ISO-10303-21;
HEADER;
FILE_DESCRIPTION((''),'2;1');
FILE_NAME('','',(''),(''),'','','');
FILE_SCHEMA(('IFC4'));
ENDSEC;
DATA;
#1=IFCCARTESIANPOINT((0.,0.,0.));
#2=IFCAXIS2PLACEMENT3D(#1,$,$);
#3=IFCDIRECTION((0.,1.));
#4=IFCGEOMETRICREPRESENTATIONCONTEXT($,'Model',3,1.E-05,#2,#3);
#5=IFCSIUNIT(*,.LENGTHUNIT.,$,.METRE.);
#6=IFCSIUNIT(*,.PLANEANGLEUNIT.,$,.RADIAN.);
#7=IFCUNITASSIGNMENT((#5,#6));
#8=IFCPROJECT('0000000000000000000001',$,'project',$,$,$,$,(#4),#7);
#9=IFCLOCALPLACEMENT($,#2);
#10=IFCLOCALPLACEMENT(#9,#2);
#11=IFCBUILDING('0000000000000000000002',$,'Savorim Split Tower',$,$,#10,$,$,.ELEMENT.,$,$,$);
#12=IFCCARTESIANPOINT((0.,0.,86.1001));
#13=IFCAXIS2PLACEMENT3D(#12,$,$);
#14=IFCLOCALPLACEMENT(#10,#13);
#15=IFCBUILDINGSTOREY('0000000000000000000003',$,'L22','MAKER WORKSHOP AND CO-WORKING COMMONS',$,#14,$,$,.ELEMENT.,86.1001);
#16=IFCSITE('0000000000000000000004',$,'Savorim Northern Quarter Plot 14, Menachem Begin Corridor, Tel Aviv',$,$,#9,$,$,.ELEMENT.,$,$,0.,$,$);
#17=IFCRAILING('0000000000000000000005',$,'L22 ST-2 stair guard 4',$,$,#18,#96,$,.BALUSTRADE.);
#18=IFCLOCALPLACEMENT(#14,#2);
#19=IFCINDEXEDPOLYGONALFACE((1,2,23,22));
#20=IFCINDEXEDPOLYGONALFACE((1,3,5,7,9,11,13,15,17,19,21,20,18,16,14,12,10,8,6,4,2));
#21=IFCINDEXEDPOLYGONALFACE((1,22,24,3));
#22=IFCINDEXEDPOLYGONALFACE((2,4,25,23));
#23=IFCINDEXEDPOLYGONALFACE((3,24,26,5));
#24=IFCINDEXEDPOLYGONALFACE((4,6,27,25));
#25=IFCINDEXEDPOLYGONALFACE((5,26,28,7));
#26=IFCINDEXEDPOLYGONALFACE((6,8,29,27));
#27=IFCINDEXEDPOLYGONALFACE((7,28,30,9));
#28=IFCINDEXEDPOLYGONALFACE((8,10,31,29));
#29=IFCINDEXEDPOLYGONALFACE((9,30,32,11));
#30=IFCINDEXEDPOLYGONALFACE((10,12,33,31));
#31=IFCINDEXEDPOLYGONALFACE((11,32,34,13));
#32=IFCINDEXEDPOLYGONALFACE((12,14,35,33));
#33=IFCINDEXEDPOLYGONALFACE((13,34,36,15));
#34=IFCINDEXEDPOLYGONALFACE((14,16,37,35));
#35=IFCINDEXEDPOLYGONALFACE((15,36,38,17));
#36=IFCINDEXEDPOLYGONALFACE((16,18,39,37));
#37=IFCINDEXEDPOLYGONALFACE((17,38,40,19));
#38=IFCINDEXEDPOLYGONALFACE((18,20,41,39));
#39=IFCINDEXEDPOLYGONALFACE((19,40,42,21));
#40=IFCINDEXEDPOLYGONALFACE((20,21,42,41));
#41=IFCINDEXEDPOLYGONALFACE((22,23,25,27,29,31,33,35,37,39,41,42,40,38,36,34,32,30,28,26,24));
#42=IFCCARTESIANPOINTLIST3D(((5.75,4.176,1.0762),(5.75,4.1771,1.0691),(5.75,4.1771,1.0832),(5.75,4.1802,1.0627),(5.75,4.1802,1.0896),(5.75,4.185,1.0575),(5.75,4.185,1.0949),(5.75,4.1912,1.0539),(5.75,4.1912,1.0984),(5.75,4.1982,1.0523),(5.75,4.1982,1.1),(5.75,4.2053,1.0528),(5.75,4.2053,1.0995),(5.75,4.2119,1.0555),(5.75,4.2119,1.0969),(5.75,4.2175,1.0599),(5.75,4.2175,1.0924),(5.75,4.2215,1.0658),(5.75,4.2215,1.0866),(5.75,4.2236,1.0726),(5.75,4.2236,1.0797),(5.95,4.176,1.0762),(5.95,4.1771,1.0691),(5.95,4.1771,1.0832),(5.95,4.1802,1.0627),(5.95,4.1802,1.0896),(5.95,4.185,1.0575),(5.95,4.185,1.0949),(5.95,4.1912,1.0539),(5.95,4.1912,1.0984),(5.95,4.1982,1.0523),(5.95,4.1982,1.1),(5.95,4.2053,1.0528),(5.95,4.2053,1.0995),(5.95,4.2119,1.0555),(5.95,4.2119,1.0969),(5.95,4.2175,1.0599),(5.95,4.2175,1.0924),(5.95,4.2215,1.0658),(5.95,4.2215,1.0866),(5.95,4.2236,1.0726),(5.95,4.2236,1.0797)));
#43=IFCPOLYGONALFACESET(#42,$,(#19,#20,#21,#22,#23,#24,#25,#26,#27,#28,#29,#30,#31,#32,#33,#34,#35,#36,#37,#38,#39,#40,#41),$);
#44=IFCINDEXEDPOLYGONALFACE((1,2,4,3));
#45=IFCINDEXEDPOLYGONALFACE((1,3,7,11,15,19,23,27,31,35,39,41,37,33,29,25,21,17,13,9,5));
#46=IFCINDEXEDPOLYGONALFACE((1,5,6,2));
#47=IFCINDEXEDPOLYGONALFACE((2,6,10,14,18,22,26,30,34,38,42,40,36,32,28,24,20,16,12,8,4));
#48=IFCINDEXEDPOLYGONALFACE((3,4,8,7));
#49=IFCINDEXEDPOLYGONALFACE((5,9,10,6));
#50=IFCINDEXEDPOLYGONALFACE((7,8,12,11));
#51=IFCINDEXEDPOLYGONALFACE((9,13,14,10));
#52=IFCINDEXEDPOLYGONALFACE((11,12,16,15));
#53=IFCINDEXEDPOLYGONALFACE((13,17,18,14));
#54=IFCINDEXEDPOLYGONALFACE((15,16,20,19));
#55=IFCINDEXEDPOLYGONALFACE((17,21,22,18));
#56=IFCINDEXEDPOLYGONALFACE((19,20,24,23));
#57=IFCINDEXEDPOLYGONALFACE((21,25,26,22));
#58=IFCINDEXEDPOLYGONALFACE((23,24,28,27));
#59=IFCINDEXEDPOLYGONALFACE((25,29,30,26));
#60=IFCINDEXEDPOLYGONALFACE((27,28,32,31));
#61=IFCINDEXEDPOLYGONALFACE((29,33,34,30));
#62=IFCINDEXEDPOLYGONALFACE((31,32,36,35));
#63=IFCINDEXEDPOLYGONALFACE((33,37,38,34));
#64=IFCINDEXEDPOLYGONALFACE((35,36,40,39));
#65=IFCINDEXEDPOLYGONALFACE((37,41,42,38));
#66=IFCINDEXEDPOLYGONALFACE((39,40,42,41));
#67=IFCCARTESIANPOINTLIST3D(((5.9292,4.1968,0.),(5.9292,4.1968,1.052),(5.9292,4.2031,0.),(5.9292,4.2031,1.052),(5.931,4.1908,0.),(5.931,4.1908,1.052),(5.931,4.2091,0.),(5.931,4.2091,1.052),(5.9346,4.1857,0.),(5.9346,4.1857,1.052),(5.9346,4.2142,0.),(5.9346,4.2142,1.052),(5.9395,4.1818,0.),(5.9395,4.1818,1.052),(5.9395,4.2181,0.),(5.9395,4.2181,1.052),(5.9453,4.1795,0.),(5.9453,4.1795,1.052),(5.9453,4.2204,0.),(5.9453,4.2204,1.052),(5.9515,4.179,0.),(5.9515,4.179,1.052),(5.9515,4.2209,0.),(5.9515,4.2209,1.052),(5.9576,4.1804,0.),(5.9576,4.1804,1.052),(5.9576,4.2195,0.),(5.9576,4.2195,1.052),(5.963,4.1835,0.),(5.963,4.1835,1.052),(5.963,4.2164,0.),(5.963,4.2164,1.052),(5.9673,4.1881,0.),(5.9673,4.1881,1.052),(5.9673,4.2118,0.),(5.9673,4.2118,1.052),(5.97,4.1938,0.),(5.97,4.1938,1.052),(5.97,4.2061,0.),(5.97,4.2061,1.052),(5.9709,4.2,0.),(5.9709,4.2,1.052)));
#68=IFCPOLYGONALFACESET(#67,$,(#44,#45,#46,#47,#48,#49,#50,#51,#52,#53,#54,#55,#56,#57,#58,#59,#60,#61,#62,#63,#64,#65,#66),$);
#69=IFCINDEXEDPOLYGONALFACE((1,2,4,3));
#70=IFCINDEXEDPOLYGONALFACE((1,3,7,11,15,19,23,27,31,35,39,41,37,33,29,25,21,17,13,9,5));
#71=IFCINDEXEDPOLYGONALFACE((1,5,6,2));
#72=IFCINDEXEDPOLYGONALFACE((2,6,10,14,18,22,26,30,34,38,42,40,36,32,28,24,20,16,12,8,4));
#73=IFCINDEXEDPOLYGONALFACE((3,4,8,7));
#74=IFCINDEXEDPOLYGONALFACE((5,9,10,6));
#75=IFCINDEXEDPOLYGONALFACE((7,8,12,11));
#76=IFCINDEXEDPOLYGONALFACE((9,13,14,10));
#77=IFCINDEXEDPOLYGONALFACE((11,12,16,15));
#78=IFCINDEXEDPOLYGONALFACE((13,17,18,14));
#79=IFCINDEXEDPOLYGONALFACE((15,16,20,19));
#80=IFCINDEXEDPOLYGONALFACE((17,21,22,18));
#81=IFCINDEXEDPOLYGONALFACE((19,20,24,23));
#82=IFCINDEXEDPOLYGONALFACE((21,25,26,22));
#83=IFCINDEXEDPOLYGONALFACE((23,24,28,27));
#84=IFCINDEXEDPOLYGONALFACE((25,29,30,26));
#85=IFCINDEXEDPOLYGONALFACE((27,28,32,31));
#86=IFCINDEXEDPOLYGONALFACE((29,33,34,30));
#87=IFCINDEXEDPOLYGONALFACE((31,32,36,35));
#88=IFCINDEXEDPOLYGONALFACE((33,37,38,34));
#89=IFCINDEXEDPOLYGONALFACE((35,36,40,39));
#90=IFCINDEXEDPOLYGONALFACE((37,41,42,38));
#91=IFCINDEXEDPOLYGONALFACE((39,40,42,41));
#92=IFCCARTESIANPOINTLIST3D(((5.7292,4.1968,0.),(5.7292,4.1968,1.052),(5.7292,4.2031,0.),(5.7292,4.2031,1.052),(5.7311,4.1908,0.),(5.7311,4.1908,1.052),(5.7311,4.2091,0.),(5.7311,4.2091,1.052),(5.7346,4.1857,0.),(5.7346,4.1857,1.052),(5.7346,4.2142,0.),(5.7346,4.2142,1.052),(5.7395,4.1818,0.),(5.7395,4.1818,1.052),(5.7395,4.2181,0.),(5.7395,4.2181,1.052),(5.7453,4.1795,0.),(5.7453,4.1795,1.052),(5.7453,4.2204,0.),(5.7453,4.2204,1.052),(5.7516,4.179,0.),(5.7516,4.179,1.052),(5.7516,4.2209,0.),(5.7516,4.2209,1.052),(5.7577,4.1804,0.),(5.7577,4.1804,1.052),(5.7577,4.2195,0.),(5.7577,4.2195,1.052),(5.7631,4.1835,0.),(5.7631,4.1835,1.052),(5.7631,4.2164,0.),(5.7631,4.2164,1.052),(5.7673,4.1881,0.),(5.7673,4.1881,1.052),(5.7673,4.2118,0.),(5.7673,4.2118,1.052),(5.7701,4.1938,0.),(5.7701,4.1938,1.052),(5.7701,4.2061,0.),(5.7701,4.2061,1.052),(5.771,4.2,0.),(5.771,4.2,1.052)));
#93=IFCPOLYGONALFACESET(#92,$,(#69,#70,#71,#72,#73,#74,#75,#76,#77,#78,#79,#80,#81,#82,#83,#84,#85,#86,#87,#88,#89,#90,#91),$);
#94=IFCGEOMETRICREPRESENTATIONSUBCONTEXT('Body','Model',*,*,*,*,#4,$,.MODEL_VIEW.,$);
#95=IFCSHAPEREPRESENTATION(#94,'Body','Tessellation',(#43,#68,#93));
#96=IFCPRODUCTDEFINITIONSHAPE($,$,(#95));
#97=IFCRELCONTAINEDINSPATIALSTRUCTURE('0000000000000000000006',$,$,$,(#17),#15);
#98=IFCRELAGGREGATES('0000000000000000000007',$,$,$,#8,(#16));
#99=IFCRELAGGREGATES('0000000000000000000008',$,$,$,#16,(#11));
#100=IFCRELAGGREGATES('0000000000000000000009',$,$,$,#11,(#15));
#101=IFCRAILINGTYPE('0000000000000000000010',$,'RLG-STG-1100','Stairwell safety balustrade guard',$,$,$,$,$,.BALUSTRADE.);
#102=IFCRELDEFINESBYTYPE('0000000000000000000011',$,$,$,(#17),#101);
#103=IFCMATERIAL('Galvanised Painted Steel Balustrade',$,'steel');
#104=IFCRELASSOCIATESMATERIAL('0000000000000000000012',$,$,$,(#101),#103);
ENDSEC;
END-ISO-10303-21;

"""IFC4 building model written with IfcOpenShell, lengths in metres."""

from ifc_helpers import new_model, si_unit, direction, frame, origin, origin_2d, place, context, subcontext, project, spatial, circle, extrude, material, type_object, element, save


model = new_model("IFC4")

# Units and contexts
model_context = context("Model", 3, precision=1e-05, world=origin(), true_north=direction((0.0, 1.0)))
body_context = subcontext(model_context, "Body", "Model", "MODEL_VIEW")
ifc_project = project(units=[si_unit("LENGTHUNIT", "METRE"), si_unit("PLANEANGLEUNIT", "RADIAN")], contexts=[model_context])

# Site, building, storey
site_placement = place(None, origin())
site = spatial("IfcSite", under=ifc_project, at=site_placement, Name="Savorim Northern Quarter Plot 14, Menachem Begin Corridor, Tel Aviv", CompositionType="ELEMENT", RefElevation=0.0)
building_placement = place(site_placement, origin())
building = spatial("IfcBuilding", under=site, at=building_placement, Name="Savorim Split Tower", CompositionType="ELEMENT")
storey_placement = place(building_placement, frame((0.0, 0.0, 86.1001)))
storey = spatial("IfcBuildingStorey", under=building, at=storey_placement, Name="L22", Description="MAKER WORKSHOP AND CO-WORKING COMMONS", CompositionType="ELEMENT", Elevation=86.1001)

# Railing
ifc_material_1 = material(Name="Galvanised Painted Steel Balustrade", Category="steel")
railing_type_1 = type_object("IfcRailingType", Name="RLG-STG-1100", Description="Stairwell safety balustrade guard", PredefinedType="BALUSTRADE", material=ifc_material_1)
railing_1_placement = place(storey_placement, frame((5.95, 4.2, 0.0)))
element("IfcRailing", 1, at=railing_1_placement, inside=storey, type_object=railing_type_1, Name="L22 ST-2 stair guard 4", PredefinedType="BALUSTRADE", context=body_context, shape_type="SweptSolid", body=[
    extrude(circle(Radius=0.0239, at=origin_2d()), frame((0.0, 0.0, 1.0762), z_axis=(-1.0, 0.0, 0.0), x_axis=(0.0, -1.0, 0.0)), (0.0, 0.0, 1.0), 0.2),
    extrude(circle(Radius=0.021, at=origin_2d()), origin(), (0.0, 0.0, 1.0), 1.052),
    extrude(circle(Radius=0.021, at=origin_2d()), frame((-0.2, 0.0, 0.0)), (0.0, 0.0, 1.0), 1.052),
])

save(model, "model.ifc")
